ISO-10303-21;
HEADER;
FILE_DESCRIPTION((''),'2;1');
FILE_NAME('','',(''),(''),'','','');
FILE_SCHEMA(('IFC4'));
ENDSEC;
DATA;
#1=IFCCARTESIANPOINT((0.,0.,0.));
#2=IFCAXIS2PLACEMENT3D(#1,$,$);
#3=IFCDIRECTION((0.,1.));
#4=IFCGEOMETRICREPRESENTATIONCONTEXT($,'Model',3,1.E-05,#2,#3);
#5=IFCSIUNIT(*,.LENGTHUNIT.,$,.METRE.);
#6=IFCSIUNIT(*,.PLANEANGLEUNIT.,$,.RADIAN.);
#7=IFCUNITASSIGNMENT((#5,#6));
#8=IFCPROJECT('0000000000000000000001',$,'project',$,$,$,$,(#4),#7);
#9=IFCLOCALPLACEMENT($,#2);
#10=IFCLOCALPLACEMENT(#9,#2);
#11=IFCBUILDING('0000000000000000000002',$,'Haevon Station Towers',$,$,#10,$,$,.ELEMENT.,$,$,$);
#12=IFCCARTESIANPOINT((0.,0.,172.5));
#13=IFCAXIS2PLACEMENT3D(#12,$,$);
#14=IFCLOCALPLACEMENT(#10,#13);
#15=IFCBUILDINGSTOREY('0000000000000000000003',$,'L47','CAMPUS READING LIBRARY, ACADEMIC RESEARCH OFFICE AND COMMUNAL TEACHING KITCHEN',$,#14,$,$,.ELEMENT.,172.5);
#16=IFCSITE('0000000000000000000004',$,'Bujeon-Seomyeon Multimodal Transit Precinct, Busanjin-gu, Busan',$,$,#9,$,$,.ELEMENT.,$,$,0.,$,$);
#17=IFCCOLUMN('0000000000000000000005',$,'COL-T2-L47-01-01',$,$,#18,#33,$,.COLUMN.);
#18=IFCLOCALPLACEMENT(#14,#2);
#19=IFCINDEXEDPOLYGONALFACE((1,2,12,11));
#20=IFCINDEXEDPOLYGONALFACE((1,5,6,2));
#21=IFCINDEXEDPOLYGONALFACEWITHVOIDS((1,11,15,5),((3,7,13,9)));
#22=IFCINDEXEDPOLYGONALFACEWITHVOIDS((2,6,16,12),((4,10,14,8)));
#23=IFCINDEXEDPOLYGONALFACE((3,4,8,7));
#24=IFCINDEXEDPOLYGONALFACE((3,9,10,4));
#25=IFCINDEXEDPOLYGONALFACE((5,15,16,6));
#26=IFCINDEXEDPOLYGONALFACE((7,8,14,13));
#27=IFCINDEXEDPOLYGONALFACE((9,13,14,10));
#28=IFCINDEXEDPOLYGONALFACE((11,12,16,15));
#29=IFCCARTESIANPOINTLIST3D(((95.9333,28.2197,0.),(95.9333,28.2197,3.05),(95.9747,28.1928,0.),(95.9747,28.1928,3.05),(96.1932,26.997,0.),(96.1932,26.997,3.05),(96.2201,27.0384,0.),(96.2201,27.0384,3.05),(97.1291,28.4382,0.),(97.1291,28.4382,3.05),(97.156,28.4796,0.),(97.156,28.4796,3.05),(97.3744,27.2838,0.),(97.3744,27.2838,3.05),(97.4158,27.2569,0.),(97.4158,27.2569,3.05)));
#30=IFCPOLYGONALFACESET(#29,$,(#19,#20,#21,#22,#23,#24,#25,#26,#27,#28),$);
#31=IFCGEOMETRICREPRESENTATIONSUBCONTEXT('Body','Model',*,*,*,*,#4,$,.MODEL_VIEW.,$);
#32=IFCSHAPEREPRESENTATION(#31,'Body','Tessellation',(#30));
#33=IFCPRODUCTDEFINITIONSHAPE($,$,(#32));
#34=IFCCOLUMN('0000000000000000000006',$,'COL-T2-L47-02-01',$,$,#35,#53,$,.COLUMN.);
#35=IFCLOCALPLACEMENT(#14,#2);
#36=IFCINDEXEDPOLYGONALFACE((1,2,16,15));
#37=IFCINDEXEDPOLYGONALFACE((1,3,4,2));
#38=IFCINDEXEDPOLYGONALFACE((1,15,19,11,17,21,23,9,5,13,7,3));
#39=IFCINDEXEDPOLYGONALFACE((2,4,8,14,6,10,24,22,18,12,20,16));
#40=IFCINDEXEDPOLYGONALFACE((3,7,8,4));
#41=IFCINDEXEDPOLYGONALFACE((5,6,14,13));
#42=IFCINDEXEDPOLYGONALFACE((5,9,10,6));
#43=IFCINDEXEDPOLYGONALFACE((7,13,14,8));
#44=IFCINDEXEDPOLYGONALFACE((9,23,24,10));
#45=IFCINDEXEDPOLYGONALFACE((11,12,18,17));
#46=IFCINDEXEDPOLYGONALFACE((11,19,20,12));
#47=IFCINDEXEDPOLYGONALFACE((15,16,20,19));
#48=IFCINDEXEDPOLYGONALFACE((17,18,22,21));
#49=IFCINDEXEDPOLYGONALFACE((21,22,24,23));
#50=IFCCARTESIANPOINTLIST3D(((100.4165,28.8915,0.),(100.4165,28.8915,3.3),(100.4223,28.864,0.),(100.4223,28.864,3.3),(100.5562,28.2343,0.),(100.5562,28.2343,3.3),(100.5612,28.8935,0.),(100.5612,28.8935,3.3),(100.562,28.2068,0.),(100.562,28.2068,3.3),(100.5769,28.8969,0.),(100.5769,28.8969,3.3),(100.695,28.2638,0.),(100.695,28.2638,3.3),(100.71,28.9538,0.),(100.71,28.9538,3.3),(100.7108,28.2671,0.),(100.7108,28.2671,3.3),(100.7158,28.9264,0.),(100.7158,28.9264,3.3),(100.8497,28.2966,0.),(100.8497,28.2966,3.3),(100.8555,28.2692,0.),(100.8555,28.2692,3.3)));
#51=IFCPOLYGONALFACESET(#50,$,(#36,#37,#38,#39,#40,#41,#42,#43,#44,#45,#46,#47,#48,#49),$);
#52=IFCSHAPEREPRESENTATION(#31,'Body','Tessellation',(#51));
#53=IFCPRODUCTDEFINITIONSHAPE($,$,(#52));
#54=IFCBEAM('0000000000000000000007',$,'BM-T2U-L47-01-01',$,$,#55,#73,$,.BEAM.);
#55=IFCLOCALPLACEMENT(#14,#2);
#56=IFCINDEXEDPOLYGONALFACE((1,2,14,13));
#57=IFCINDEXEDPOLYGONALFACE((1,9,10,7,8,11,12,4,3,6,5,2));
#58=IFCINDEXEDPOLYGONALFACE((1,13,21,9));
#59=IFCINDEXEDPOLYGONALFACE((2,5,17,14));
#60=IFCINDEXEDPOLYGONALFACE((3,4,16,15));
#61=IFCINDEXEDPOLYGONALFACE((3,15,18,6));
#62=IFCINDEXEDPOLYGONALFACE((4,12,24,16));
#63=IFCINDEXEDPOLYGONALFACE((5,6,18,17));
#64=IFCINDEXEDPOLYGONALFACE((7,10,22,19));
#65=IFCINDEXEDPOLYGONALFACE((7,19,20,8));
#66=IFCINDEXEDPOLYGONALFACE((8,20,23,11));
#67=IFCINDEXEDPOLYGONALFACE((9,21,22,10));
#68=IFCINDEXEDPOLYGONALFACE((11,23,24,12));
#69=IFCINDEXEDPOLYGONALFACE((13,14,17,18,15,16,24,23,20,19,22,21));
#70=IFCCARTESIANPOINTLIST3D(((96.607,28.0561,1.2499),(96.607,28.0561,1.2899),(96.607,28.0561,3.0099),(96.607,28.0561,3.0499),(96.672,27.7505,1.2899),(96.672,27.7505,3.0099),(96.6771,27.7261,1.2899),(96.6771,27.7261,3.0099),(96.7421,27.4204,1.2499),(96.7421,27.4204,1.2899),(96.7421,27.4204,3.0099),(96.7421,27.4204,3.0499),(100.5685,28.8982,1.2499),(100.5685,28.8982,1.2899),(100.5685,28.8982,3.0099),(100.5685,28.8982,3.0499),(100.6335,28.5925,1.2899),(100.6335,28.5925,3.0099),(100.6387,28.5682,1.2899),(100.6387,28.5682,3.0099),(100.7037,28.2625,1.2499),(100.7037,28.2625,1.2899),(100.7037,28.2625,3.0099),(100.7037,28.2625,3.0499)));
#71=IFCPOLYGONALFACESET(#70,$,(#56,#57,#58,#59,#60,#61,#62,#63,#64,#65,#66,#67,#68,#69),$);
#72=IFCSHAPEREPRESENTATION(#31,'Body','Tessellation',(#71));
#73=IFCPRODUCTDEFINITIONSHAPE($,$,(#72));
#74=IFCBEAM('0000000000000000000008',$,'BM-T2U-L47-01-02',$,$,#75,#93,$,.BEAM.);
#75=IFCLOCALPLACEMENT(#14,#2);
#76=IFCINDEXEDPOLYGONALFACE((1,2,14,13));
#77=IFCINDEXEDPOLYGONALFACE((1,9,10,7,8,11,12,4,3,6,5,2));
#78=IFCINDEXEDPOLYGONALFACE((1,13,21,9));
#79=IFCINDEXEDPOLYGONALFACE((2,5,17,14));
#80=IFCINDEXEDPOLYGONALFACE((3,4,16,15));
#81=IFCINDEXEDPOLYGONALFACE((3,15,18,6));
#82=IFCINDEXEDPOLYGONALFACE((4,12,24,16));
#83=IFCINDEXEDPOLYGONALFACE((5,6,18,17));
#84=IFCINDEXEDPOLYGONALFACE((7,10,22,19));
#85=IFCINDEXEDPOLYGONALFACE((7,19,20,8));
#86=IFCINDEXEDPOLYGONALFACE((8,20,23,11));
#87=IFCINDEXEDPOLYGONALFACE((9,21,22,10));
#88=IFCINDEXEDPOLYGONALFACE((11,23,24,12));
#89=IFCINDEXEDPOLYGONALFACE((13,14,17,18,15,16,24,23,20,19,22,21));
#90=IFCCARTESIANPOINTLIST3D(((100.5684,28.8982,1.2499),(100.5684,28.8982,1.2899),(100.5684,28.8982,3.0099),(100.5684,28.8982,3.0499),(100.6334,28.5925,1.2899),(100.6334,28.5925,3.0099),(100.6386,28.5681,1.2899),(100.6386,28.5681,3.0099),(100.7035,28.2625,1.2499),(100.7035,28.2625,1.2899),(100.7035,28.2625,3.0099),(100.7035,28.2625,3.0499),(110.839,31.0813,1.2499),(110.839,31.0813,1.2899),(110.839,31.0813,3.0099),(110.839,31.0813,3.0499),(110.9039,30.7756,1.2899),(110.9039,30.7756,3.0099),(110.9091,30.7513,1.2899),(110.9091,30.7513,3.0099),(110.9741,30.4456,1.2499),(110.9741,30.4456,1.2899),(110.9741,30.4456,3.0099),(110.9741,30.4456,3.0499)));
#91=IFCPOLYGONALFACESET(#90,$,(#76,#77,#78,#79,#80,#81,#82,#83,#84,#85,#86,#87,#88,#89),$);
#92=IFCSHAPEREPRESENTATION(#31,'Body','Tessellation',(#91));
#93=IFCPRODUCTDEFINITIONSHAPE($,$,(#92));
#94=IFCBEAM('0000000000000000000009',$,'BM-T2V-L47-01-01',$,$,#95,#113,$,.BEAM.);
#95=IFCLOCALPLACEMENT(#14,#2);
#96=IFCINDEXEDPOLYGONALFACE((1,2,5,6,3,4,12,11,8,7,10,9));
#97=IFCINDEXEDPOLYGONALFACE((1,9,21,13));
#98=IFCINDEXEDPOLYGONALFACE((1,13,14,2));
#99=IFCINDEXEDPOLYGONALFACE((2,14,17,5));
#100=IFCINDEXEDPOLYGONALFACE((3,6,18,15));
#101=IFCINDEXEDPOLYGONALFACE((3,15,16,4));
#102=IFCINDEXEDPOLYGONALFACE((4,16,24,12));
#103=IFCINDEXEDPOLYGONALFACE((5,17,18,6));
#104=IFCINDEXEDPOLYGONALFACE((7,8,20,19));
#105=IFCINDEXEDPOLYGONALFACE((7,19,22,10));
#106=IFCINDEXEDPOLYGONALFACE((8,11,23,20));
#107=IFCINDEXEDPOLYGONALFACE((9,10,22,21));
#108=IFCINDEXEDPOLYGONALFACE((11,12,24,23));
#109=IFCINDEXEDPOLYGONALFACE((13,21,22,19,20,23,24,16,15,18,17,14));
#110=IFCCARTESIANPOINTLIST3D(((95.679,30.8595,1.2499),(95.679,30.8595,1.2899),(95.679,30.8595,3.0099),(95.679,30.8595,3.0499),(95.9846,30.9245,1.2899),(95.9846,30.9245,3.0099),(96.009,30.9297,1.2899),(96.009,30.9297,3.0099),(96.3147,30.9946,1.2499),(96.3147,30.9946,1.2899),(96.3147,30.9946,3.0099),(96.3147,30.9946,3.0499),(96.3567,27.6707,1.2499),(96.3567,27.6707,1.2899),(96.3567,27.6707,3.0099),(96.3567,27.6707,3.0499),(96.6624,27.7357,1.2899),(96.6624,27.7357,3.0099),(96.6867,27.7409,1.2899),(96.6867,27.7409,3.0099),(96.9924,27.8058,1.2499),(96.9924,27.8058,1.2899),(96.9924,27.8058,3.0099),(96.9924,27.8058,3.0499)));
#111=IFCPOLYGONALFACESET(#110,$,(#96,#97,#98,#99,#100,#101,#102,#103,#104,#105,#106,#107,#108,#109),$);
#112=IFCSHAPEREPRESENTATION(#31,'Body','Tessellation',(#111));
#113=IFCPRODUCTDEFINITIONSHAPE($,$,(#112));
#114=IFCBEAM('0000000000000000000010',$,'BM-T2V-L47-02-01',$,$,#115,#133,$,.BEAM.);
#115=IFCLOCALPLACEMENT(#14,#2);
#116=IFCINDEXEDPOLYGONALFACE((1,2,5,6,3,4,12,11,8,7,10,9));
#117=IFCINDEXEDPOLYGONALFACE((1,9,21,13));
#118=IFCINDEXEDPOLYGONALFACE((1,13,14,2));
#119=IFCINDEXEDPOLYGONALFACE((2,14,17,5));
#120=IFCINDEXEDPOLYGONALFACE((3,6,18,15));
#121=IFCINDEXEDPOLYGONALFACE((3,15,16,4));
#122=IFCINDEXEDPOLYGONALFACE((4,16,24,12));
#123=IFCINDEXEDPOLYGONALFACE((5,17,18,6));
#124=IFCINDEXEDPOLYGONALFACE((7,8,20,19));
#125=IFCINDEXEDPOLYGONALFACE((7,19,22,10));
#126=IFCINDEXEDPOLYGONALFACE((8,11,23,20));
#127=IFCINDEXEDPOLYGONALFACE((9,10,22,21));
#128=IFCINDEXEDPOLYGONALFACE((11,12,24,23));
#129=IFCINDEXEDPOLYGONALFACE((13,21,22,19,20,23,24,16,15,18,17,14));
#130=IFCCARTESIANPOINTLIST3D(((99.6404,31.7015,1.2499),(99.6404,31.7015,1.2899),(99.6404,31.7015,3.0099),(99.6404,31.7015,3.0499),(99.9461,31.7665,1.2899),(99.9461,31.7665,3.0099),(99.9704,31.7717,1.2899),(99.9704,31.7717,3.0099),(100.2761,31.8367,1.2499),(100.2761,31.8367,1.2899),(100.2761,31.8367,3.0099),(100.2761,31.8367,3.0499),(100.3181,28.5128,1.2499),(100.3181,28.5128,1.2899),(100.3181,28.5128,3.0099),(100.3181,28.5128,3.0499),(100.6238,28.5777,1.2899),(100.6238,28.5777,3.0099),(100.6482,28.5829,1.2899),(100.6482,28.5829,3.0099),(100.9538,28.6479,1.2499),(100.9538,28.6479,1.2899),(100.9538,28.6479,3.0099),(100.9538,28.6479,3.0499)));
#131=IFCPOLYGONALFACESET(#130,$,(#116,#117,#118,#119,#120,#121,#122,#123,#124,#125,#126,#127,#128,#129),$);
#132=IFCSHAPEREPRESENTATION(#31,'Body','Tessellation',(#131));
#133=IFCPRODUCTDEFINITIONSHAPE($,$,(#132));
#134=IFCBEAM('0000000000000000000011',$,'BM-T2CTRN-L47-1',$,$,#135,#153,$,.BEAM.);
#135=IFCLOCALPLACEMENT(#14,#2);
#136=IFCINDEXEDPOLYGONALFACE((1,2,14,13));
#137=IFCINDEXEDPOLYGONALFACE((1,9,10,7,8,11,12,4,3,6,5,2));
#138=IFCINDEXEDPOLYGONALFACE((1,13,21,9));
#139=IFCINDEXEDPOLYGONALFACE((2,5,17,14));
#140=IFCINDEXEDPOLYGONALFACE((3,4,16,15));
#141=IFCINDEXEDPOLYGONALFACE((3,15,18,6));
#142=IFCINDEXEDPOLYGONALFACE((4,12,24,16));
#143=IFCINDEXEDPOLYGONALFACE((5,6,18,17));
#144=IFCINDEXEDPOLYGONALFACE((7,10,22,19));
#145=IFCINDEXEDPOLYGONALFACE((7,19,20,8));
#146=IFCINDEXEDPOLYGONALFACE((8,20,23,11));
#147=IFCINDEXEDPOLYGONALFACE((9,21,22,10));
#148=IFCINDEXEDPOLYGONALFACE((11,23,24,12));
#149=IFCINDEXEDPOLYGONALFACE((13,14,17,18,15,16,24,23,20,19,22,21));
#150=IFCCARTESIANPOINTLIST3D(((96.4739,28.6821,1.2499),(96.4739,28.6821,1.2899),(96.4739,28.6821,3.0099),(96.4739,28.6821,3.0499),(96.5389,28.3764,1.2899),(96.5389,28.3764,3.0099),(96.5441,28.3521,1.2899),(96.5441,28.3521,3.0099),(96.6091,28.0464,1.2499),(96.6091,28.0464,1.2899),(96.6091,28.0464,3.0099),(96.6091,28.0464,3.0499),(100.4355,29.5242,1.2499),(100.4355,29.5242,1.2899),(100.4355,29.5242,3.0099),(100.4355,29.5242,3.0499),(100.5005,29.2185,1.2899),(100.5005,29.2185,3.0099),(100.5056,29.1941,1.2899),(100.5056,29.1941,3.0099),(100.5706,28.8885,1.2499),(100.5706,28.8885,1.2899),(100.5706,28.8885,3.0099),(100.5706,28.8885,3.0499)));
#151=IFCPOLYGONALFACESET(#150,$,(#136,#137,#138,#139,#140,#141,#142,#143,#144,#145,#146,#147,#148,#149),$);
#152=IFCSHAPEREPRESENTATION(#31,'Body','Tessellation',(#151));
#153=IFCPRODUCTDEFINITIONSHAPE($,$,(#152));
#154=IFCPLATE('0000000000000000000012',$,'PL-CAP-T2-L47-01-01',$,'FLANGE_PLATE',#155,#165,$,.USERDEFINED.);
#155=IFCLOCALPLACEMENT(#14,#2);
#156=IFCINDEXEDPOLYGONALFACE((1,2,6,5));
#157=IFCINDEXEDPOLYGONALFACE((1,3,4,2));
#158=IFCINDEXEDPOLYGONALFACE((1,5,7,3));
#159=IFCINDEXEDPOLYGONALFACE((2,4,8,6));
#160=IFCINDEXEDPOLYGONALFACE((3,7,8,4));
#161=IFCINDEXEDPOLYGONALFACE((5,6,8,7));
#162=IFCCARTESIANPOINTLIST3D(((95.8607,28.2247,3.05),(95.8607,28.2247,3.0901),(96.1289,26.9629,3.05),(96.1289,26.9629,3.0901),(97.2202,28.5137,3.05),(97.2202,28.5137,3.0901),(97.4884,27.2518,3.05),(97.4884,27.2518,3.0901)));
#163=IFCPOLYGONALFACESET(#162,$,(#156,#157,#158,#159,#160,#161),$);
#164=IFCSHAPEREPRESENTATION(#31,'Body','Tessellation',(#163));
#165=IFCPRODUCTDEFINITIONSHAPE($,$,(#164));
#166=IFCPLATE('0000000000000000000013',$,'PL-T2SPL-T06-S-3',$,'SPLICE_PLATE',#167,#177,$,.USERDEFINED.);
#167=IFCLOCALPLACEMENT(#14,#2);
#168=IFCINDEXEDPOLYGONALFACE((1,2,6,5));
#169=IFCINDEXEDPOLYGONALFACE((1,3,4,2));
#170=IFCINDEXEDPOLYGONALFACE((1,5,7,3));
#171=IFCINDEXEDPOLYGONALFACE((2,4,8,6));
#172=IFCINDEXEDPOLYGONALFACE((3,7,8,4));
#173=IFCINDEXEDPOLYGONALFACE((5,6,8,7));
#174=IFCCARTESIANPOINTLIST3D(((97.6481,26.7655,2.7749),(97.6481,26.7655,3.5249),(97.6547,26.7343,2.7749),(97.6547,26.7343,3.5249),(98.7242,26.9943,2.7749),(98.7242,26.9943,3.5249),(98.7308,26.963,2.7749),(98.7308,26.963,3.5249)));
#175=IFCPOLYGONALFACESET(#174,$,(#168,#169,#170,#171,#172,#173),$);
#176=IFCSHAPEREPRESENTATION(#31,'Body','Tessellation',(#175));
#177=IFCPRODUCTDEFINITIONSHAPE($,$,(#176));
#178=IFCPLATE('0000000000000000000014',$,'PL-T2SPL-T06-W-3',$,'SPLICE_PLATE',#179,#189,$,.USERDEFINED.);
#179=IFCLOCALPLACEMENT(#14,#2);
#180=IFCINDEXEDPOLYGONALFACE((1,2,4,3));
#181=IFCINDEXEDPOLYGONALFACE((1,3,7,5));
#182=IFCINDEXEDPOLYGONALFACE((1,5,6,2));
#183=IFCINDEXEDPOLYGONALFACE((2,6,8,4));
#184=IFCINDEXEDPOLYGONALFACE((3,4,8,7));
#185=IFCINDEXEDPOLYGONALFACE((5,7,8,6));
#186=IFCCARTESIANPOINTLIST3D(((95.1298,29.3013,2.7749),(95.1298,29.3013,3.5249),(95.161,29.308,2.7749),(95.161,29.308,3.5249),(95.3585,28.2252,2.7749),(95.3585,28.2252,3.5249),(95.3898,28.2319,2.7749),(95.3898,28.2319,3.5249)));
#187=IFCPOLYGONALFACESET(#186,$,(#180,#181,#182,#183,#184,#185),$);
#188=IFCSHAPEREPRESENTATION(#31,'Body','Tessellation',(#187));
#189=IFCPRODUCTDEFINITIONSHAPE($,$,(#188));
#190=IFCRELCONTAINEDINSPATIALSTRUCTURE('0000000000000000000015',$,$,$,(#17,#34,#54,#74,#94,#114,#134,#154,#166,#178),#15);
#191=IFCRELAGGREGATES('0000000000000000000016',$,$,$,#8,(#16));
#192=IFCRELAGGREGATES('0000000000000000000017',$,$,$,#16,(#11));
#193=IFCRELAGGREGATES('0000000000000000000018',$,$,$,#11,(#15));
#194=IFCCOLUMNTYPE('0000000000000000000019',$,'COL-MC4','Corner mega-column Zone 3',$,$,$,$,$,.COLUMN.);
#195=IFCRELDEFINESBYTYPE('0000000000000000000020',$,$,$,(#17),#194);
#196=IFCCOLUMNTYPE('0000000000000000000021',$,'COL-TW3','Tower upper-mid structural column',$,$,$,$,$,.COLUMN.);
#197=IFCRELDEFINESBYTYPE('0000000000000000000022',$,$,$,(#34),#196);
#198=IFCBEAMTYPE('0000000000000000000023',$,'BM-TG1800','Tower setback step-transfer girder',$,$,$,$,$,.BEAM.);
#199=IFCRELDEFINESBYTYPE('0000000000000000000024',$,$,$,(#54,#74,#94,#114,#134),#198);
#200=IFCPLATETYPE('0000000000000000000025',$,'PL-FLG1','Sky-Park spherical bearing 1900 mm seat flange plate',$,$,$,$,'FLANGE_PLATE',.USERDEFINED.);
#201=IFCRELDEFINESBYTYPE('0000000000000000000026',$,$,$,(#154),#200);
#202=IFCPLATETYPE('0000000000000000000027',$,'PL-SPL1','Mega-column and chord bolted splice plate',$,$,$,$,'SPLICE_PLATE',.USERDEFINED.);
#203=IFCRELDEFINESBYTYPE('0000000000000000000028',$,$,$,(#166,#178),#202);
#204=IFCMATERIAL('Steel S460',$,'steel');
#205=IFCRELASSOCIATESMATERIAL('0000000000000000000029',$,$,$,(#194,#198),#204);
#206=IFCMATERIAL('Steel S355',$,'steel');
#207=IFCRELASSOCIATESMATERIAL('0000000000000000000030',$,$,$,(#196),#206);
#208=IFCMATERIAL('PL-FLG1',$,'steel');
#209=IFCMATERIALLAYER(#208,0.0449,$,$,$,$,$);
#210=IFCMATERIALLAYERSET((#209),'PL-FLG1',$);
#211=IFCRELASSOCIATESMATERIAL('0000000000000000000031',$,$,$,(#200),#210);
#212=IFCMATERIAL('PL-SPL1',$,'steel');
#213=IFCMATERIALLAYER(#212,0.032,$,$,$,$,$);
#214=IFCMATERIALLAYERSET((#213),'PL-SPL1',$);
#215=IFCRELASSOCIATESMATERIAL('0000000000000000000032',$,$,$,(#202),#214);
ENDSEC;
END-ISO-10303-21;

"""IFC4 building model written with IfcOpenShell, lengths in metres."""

from ifc_helpers import new_model, si_unit, direction, frame, origin, origin_2d, place, context, subcontext, project, spatial, rectangle, hollow_rectangle, i_section, extrude, material, layer, layer_set, material_profile, profile_set, type_object, element, save


model = new_model("IFC4")

# Units and contexts
model_context = context("Model", 3, precision=1e-05, world=origin(), true_north=direction((0.0, 1.0)))
body_context = subcontext(model_context, "Body", "Model", "MODEL_VIEW")
ifc_project = project(units=[si_unit("LENGTHUNIT", "METRE"), si_unit("PLANEANGLEUNIT", "RADIAN")], contexts=[model_context])

# Site, building, storey
site_placement = place(None, origin())
site = spatial("IfcSite", under=ifc_project, at=site_placement, Name="Bujeon-Seomyeon Multimodal Transit Precinct, Busanjin-gu, Busan", CompositionType="ELEMENT", RefElevation=0.0)
building_placement = place(site_placement, origin())
building = spatial("IfcBuilding", under=site, at=building_placement, Name="Haevon Station Towers", CompositionType="ELEMENT")
storey_placement = place(building_placement, frame((0.0, 0.0, 172.5)))
storey = spatial("IfcBuildingStorey", under=building, at=storey_placement, Name="L47", Description="CAMPUS READING LIBRARY, ACADEMIC RESEARCH OFFICE AND COMMUNAL TEACHING KITCHEN", CompositionType="ELEMENT", Elevation=172.5)

# Columns
ifc_material_1 = material(Name="Steel S460", Category="steel")
ifc_material_profile_1 = material_profile(ifc_material_1, hollow_rectangle(XDim=1.25, YDim=1.25, WallThickness=0.0349, at=origin_2d()), Name="BOX-1250x1250x35")
ifc_profile_set_1 = profile_set([ifc_material_profile_1], Name="Steel S460")
column_type_1 = type_object("IfcColumnType", Name="COL-MC4", Description="Corner mega-column Zone 3", PredefinedType="COLUMN", material=ifc_profile_set_1)
column_1_placement = place(storey_placement, frame((96.6746, 27.7383, 0.0), z_axis=(0.0, 0.0, 1.0), x_axis=(0.978148, 0.207912, 0.0)))
element("IfcColumn", 1, at=column_1_placement, inside=storey, type_object=column_type_1, Name="COL-T2-L47-01-01", PredefinedType="COLUMN", context=body_context, shape_type="SweptSolid", body=[
    extrude(hollow_rectangle(XDim=1.25, YDim=1.25, WallThickness=0.0349, at=origin_2d()), origin(), (0.0, 0.0, 1.0), 3.05),
])
ifc_material_2 = material(Name="Steel S355", Category="steel")
ifc_material_profile_2 = material_profile(ifc_material_2, i_section(OverallWidth=0.3, OverallDepth=0.7, WebThickness=0.0161, FlangeThickness=0.0281, at=origin_2d()), Name="H-700x300x16x28")
ifc_profile_set_2 = profile_set([ifc_material_profile_2], Name="Steel S355")
column_type_2 = type_object("IfcColumnType", Name="COL-TW3", Description="Tower upper-mid structural column", PredefinedType="COLUMN", material=ifc_profile_set_2)
column_2_placement = place(storey_placement, frame((100.636, 28.5803, 0.0), z_axis=(0.0, 0.0, 1.0), x_axis=(0.978148, 0.207912, 0.0)))
element("IfcColumn", 2, at=column_2_placement, inside=storey, type_object=column_type_2, Name="COL-T2-L47-02-01", PredefinedType="COLUMN", context=body_context, shape_type="SweptSolid", body=[
    extrude(i_section(OverallWidth=0.3, OverallDepth=0.7, WebThickness=0.0161, FlangeThickness=0.0281, at=origin_2d()), origin(), (0.0, 0.0, 1.0), 3.3),
])

# Beams
ifc_material_profile_3 = material_profile(ifc_material_1, i_section(OverallWidth=0.6499, OverallDepth=1.8, WebThickness=0.0249, FlangeThickness=0.04, at=origin_2d()), Name="H-1800x650x25x40")
ifc_profile_set_3 = profile_set([ifc_material_profile_3], Name="Steel S460")
beam_type = type_object("IfcBeamType", Name="BM-TG1800", Description="Tower setback step-transfer girder", PredefinedType="BEAM", material=ifc_profile_set_3)
beam_1_placement = place(storey_placement, frame((96.6746, 27.7383, 2.1499), z_axis=(0.978147, 0.207915, 0.0), x_axis=(-0.207915, 0.978147, 0.0)))
element("IfcBeam", 3, at=beam_1_placement, inside=storey, type_object=beam_type, Name="BM-T2U-L47-01-01", PredefinedType="BEAM", context=body_context, shape_type="SweptSolid", body=[
    extrude(i_section(OverallWidth=0.6499, OverallDepth=1.8, WebThickness=0.0249, FlangeThickness=0.04, at=origin_2d()), origin(), (0.0, 0.0, 1.0), 4.05),
])
beam_2_placement = place(storey_placement, frame((100.636, 28.5803, 2.1499), z_axis=(0.978147, 0.207915, 0.0), x_axis=(-0.207915, 0.978147, 0.0)))
element("IfcBeam", 4, at=beam_2_placement, inside=storey, type_object=beam_type, Name="BM-T2U-L47-01-02", PredefinedType="BEAM", context=body_context, shape_type="SweptSolid", body=[
    extrude(i_section(OverallWidth=0.6499, OverallDepth=1.8, WebThickness=0.0249, FlangeThickness=0.04, at=origin_2d()), origin(), (0.0, 0.0, 1.0), 10.5),
])
for number, where, z_axis, x_axis, name in (
    (5, (96.6746, 27.7383, 2.1499), (-0.207897, 0.978151, 0.0), (-0.978151, -0.207897, 0.0), "BM-T2V-L47-01-01"),
    (6, (100.636, 28.5803, 2.1499), (-0.207897, 0.978151, 0.0), (-0.978151, -0.207897, 0.0), "BM-T2V-L47-02-01"),
):
    element("IfcBeam", number, at=place(storey_placement, frame(where, z_axis=z_axis, x_axis=x_axis)), inside=storey, type_object=beam_type, Name=name, PredefinedType="BEAM", context=body_context, shape_type="SweptSolid", body=[
        extrude(i_section(OverallWidth=0.6499, OverallDepth=1.8, WebThickness=0.0249, FlangeThickness=0.04, at=origin_2d()), origin(), (0.0, 0.0, 1.0), 3.26),
    ])
beam_3_placement = place(storey_placement, frame((96.5415, 28.3643, 2.1499), z_axis=(0.978147, 0.207915, 0.0), x_axis=(-0.207915, 0.978147, 0.0)))
element("IfcBeam", 7, at=beam_3_placement, inside=storey, type_object=beam_type, Name="BM-T2CTRN-L47-1", PredefinedType="BEAM", context=body_context, shape_type="SweptSolid", body=[
    extrude(i_section(OverallWidth=0.6499, OverallDepth=1.8, WebThickness=0.0249, FlangeThickness=0.04, at=origin_2d()), origin(), (0.0, 0.0, 1.0), 4.05),
])

# Plates
ifc_material_3 = material(Name="PL-FLG1", Category="steel")
ifc_layer_1 = layer(ifc_material_3, 0.0449)
ifc_layer_set_1 = layer_set([ifc_layer_1], Name="PL-FLG1")
plate_type_1 = type_object("IfcPlateType", Name="PL-FLG1", Description="Sky-Park spherical bearing 1900 mm seat flange plate", ElementType="FLANGE_PLATE", PredefinedType="USERDEFINED", material=ifc_layer_set_1)
plate_placement = place(storey_placement, frame((96.6746, 27.7383, 3.05), z_axis=(0.0, 0.0, 1.0), x_axis=(0.978148, 0.207912, 0.0)))
element("IfcPlate", 8, at=plate_placement, inside=storey, type_object=plate_type_1, Name="PL-CAP-T2-L47-01-01", ObjectType="FLANGE_PLATE", PredefinedType="USERDEFINED", context=body_context, shape_type="SweptSolid", body=[
    extrude(rectangle(XDim=1.3899, YDim=1.29, at=origin_2d()), origin(), (0.0, 0.0, 1.0), 0.04),
])
ifc_material_4 = material(Name="PL-SPL1", Category="steel")
ifc_layer_2 = layer(ifc_material_4, 0.032)
ifc_layer_set_2 = layer_set([ifc_layer_2], Name="PL-SPL1")
plate_type_2 = type_object("IfcPlateType", Name="PL-SPL1", Description="Mega-column and chord bolted splice plate", ElementType="SPLICE_PLATE", PredefinedType="USERDEFINED", material=ifc_layer_set_2)
for number, where, z_axis, x_axis, name in (
    (9, (98.1895, 26.8643, 2.7749), (0.0, 0.0, 1.0), (0.978148, 0.207912, 0.0), "PL-T2SPL-T06-S-3"),
    (10, (95.2598, 28.7666, 2.7749), (0.0, 0.0, 1.0), (-0.207912, 0.978148, 0.0), "PL-T2SPL-T06-W-3"),
):
    element("IfcPlate", number, at=place(storey_placement, frame(where, z_axis=z_axis, x_axis=x_axis)), inside=storey, type_object=plate_type_2, Name=name, ObjectType="SPLICE_PLATE", PredefinedType="USERDEFINED", context=body_context, shape_type="SweptSolid", body=[
        extrude(rectangle(XDim=1.1001, YDim=0.032, at=origin_2d()), origin(), (0.0, 0.0, 1.0), 0.75),
    ])

save(model, "model.ifc")
